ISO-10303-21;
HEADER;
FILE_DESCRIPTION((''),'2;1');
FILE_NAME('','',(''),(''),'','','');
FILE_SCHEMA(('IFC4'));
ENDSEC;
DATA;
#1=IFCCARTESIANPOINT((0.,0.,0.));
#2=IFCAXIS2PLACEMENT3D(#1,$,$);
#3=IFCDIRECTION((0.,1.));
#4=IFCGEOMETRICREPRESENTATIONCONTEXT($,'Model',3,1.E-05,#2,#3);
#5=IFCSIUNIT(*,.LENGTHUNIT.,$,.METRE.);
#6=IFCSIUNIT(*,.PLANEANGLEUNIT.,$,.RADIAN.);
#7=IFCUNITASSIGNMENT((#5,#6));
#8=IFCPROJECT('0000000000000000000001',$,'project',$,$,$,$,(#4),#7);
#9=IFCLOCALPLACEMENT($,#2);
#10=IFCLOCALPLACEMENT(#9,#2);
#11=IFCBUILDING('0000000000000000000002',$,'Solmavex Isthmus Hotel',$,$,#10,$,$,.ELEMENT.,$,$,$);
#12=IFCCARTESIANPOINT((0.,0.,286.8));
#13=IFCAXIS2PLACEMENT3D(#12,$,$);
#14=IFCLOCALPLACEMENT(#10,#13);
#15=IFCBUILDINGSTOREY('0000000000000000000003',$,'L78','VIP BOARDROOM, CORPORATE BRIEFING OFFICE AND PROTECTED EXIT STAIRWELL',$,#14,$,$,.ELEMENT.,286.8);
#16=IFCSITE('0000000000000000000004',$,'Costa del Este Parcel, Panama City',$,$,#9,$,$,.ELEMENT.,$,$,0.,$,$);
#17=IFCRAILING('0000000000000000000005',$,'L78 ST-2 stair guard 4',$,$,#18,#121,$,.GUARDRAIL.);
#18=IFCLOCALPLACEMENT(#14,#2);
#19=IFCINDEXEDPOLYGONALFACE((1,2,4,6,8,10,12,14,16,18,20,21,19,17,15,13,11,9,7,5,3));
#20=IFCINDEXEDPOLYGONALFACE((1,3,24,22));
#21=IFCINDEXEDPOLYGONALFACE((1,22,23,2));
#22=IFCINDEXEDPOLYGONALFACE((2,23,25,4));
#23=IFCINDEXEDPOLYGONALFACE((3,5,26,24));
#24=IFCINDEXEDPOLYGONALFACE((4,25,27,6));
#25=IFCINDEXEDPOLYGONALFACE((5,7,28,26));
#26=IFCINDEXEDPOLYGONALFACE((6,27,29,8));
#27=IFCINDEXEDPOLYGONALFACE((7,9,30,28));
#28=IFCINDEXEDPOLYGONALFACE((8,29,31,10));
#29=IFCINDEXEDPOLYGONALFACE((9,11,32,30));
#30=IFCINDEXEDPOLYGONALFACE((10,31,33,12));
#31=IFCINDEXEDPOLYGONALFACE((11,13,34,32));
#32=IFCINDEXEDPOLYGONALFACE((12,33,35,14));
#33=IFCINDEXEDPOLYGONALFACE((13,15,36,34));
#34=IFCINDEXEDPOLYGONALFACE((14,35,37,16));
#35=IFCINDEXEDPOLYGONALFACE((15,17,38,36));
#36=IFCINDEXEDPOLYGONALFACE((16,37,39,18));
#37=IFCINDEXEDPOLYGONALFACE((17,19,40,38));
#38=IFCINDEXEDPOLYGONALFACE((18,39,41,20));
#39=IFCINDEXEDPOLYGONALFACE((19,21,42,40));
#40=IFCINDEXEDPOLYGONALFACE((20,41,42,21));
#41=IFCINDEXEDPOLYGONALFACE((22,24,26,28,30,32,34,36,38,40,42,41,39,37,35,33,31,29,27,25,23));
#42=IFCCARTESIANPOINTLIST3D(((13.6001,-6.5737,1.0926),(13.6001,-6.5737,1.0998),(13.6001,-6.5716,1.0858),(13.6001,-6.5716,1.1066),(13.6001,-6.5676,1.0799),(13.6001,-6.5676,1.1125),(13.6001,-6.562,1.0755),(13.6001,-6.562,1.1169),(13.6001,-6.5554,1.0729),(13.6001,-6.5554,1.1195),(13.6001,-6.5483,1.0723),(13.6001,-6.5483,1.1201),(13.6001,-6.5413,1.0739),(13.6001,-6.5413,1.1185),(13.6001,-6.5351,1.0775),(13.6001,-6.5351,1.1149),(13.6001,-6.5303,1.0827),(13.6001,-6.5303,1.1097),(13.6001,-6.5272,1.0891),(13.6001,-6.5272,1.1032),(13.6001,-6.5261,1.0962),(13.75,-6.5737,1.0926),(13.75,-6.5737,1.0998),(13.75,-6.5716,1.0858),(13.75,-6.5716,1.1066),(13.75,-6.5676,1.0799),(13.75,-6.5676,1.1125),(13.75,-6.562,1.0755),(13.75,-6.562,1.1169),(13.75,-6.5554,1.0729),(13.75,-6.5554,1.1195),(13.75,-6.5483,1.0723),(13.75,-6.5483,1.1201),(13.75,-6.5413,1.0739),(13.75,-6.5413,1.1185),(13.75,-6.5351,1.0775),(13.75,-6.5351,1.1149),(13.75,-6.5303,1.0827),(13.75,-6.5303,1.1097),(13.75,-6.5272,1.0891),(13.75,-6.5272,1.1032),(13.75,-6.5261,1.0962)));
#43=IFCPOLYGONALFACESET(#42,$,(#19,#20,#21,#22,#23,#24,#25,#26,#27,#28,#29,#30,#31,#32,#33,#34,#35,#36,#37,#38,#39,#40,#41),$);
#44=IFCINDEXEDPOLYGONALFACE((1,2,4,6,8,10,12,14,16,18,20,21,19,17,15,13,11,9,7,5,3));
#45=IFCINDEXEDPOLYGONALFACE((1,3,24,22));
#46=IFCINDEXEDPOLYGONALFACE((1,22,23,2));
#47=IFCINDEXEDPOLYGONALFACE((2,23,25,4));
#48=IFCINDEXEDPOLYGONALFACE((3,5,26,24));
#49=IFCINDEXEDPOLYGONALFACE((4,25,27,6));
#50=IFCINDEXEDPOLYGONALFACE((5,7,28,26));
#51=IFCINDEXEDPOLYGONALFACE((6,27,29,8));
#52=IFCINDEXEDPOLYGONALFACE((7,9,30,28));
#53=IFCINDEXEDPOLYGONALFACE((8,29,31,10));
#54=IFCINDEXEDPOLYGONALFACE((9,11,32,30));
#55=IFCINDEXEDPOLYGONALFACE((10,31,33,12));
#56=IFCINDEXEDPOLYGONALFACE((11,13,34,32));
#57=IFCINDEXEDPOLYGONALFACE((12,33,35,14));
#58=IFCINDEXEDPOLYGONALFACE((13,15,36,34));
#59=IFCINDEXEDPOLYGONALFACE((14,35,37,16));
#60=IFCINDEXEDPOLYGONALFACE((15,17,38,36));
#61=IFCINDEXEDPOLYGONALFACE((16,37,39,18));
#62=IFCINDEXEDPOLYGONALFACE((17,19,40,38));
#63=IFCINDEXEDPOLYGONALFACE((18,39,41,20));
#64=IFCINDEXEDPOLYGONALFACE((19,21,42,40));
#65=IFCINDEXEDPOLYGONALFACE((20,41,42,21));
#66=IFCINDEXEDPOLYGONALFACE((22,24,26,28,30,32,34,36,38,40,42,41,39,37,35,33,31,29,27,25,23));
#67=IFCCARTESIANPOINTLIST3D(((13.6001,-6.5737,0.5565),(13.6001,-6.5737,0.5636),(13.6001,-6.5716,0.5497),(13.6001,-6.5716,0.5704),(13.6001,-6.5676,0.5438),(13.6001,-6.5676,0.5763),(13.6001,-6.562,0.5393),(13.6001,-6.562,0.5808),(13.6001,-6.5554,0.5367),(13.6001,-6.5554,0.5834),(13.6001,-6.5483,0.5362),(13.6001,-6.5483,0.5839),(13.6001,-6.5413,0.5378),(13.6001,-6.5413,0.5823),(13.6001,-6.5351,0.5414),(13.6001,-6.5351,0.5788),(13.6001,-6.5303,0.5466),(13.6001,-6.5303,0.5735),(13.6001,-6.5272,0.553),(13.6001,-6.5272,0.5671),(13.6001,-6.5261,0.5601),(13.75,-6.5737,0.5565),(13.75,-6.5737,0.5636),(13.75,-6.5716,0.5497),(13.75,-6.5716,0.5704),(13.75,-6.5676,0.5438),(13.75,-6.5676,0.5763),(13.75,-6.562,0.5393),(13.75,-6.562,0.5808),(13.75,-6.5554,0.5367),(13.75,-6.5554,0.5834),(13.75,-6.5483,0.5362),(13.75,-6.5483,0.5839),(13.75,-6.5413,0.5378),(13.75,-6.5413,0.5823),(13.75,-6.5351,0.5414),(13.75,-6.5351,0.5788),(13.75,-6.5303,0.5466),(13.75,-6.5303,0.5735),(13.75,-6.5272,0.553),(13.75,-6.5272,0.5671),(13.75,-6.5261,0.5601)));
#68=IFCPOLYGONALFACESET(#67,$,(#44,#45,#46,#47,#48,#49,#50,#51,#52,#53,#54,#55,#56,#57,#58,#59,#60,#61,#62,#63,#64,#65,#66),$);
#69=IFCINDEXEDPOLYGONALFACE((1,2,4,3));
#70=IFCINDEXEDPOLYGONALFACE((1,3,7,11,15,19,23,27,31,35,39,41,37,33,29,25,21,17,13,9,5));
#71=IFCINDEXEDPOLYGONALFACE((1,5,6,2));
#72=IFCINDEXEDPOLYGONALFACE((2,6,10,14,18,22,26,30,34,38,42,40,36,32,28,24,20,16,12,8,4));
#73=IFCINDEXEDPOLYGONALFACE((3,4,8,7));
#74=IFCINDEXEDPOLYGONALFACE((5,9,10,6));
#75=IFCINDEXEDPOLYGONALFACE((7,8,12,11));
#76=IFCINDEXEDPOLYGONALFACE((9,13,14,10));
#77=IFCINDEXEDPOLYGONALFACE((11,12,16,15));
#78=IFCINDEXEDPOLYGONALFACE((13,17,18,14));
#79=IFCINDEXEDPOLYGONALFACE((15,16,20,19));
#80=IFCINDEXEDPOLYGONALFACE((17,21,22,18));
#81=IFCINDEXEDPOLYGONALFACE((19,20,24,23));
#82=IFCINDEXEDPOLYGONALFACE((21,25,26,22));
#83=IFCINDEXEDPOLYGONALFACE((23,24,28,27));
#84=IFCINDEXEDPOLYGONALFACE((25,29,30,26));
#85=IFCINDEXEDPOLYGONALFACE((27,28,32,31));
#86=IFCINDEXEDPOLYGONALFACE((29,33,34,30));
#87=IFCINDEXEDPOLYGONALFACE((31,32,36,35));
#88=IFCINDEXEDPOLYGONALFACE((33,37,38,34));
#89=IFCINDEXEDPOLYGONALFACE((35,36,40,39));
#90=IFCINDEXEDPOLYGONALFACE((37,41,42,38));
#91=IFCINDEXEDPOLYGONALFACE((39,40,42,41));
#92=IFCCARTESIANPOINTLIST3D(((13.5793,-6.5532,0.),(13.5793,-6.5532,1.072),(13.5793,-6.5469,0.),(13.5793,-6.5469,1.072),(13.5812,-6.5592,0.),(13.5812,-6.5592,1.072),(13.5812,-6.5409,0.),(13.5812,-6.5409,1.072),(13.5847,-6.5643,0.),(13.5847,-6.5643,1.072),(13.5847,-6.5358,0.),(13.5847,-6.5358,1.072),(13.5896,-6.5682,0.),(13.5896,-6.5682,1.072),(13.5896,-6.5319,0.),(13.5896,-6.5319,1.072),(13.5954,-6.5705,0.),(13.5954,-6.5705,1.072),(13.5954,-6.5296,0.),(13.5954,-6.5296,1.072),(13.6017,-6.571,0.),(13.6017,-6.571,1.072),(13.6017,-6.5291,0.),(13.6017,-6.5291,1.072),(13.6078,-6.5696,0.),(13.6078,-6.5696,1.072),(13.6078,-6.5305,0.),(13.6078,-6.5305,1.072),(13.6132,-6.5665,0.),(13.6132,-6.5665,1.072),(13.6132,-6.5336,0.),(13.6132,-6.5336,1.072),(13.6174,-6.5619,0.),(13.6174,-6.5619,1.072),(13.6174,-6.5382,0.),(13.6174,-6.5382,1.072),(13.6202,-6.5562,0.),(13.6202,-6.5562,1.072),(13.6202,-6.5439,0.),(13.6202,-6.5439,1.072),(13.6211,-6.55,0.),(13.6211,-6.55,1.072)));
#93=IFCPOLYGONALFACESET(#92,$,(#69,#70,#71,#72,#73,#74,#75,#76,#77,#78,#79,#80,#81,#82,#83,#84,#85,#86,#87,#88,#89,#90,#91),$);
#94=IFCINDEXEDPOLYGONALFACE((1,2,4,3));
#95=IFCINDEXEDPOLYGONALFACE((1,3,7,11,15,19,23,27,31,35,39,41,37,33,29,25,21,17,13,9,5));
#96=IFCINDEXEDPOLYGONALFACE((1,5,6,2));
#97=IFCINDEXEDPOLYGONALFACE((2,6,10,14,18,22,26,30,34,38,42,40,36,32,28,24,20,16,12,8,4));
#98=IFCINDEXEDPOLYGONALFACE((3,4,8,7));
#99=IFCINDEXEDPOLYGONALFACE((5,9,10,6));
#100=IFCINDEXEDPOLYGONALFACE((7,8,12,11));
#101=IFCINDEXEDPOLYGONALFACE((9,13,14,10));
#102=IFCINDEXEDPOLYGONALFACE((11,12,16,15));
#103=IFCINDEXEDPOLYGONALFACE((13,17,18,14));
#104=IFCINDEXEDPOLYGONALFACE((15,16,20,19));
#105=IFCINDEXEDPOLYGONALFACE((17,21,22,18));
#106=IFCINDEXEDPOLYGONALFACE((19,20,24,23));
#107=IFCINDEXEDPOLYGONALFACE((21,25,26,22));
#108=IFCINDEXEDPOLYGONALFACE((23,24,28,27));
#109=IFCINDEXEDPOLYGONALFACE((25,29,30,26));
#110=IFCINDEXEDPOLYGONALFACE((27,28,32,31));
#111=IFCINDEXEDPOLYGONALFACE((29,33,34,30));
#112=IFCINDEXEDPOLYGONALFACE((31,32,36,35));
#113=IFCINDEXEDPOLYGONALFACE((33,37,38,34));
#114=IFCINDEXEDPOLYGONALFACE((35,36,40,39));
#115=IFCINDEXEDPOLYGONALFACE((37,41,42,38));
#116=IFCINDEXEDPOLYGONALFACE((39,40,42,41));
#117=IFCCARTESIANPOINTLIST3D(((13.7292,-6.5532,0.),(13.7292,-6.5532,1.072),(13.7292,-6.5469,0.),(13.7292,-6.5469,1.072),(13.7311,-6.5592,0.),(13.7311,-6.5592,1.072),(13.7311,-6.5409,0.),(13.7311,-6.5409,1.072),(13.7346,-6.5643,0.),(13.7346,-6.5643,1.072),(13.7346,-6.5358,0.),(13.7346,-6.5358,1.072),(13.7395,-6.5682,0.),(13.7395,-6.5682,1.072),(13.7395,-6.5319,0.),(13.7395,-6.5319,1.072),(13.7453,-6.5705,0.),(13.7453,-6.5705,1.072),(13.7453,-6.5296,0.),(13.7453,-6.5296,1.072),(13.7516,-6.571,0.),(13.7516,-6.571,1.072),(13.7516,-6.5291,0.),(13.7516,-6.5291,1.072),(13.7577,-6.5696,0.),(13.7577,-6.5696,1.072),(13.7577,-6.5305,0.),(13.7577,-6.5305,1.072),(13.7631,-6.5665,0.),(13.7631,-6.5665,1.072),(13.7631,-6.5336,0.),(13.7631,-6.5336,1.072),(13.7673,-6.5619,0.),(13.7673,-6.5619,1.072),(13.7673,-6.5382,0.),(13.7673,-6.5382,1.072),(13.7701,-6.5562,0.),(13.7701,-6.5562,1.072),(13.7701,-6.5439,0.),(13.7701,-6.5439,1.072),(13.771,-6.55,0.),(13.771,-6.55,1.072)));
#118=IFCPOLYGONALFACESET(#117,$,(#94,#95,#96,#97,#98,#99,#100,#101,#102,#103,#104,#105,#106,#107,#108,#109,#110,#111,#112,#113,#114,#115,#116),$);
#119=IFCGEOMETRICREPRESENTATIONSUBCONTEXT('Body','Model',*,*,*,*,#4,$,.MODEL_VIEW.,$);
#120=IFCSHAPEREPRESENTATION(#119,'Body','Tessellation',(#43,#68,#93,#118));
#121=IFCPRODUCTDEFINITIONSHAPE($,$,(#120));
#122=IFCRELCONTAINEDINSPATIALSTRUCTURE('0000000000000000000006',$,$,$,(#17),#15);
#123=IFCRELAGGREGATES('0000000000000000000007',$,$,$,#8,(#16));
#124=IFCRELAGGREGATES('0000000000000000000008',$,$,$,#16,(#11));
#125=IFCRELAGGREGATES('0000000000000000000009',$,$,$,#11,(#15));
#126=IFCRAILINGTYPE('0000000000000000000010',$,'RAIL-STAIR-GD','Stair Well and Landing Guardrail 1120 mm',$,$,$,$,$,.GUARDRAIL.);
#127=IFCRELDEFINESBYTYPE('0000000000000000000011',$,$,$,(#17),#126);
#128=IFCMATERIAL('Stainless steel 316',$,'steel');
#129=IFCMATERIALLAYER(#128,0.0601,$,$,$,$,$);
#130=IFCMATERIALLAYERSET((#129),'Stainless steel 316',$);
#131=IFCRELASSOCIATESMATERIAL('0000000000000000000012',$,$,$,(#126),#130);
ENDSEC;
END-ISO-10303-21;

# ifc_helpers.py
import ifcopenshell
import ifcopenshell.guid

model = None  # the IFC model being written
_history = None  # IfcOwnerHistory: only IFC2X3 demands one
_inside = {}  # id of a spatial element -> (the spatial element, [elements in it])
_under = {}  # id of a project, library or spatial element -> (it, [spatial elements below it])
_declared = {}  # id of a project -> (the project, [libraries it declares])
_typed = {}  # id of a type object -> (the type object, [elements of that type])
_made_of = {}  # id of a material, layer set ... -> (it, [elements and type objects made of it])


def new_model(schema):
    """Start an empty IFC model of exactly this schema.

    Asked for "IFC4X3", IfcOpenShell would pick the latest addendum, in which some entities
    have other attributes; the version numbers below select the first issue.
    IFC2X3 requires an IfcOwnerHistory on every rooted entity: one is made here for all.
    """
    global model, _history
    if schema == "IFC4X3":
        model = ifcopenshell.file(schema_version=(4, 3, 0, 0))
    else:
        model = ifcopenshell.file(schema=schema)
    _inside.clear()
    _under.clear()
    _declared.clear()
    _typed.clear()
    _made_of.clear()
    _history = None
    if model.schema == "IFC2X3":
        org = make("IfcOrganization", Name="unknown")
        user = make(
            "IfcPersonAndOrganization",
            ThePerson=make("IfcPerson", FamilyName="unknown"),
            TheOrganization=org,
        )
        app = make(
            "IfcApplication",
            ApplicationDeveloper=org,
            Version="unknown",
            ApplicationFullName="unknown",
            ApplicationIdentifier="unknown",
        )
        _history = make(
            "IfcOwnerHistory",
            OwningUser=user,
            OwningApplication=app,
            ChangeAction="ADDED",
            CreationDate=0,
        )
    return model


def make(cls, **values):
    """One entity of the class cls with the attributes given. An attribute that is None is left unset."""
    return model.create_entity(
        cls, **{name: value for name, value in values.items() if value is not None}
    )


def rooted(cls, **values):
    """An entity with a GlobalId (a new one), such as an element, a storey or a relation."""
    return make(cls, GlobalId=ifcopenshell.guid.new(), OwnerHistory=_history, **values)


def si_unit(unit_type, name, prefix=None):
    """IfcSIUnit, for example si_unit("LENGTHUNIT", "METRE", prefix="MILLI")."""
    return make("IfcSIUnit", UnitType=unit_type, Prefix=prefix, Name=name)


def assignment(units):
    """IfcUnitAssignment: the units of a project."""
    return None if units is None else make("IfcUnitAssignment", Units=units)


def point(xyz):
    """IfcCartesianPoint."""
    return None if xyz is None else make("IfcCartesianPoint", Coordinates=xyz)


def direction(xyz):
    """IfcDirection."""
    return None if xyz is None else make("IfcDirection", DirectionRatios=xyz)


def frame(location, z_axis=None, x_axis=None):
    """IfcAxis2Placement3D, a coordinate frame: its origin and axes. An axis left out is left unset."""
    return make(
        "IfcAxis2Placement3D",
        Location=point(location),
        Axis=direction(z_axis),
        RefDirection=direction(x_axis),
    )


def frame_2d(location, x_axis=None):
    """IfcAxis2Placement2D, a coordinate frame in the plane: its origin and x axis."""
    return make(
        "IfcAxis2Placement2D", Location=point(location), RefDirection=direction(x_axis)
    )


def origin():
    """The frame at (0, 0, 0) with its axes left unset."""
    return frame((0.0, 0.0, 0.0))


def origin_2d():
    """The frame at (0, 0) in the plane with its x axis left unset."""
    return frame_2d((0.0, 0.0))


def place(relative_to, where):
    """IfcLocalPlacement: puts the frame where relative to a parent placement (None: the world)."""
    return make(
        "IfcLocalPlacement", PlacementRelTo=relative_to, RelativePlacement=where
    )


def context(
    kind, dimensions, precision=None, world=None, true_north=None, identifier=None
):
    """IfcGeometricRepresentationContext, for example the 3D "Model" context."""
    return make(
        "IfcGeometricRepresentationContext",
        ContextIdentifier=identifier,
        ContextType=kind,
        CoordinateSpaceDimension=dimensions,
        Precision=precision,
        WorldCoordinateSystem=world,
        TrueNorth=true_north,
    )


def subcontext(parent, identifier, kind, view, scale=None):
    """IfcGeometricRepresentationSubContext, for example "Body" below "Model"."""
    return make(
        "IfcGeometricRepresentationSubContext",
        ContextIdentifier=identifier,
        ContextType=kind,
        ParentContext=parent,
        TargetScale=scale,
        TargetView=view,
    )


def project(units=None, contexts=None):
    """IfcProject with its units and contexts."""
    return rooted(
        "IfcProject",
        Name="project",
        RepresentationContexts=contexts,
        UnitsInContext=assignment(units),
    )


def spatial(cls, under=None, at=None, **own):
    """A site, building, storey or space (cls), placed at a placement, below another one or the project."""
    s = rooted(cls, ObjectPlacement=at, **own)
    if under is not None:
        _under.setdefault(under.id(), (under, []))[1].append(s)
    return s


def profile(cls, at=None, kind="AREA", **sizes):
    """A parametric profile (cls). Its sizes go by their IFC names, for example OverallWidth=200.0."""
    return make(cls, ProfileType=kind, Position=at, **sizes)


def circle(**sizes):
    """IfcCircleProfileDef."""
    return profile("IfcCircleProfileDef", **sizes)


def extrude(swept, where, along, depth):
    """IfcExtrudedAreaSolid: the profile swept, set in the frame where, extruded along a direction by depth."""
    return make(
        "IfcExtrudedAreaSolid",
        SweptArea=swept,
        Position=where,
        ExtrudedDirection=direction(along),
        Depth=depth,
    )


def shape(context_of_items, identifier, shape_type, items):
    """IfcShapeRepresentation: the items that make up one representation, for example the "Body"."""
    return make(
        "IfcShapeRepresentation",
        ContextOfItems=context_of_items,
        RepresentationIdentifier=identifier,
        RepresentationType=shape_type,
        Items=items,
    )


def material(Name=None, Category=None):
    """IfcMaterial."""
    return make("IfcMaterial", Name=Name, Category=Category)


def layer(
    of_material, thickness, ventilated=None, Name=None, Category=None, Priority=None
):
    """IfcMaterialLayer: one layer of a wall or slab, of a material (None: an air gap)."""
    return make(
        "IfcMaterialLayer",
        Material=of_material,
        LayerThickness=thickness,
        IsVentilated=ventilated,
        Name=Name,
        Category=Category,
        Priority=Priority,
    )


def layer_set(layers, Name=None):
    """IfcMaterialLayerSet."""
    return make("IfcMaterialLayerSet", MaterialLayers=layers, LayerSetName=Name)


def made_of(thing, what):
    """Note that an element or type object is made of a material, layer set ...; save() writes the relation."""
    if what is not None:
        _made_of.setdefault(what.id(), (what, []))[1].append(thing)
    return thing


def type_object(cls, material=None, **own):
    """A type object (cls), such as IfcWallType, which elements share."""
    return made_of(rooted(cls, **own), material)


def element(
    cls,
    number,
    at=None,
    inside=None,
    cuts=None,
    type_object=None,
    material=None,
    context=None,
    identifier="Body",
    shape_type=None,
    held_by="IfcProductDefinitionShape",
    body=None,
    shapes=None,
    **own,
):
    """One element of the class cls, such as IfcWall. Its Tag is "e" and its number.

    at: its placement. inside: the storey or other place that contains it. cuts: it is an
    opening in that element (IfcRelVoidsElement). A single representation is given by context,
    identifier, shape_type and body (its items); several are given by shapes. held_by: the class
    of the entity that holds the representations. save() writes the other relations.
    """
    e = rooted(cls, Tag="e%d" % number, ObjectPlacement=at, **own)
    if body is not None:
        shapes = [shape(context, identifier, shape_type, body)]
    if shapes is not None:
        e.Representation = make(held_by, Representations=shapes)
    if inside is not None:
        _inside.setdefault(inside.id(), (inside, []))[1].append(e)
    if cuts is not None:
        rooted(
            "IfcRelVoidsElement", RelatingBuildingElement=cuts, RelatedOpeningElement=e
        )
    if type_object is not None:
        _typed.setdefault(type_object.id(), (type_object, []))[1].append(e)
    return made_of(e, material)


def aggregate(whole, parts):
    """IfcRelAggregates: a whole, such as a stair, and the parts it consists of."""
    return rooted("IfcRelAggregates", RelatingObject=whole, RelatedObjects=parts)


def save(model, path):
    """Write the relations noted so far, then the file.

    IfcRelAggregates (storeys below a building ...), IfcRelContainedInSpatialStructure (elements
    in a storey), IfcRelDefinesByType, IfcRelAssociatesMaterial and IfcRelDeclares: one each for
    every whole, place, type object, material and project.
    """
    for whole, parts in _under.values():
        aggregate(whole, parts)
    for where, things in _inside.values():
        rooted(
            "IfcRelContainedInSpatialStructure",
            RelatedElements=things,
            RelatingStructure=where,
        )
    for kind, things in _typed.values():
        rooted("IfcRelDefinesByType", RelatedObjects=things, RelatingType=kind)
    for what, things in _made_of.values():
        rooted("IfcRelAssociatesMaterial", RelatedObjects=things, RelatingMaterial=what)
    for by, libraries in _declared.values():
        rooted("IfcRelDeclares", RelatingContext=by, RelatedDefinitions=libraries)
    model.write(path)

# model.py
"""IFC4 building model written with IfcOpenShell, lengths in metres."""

from ifc_helpers import new_model, si_unit, direction, frame, origin, origin_2d, place, context, subcontext, project, spatial, circle, extrude, material, layer, layer_set, type_object, element, save


model = new_model("IFC4")

# Units and contexts
model_context = context("Model", 3, precision=1e-05, world=origin(), true_north=direction((0.0, 1.0)))
body_context = subcontext(model_context, "Body", "Model", "MODEL_VIEW")
ifc_project = project(units=[si_unit("LENGTHUNIT", "METRE"), si_unit("PLANEANGLEUNIT", "RADIAN")], contexts=[model_context])

# Site, building, storey
site_placement = place(None, origin())
site = spatial("IfcSite", under=ifc_project, at=site_placement, Name="Costa del Este Parcel, Panama City", CompositionType="ELEMENT", RefElevation=0.0)
building_placement = place(site_placement, origin())
building = spatial("IfcBuilding", under=site, at=building_placement, Name="Solmavex Isthmus Hotel", CompositionType="ELEMENT")
storey_placement = place(building_placement, frame((0.0, 0.0, 286.8)))
storey = spatial("IfcBuildingStorey", under=building, at=storey_placement, Name="L78", Description="VIP BOARDROOM, CORPORATE BRIEFING OFFICE AND PROTECTED EXIT STAIRWELL", CompositionType="ELEMENT", Elevation=286.8)

# Railing
ifc_material_1 = material(Name="Stainless steel 316", Category="steel")
ifc_layer_1 = layer(ifc_material_1, 0.0601)
ifc_layer_set_1 = layer_set([ifc_layer_1], Name="Stainless steel 316")
railing_type_1 = type_object("IfcRailingType", Name="RAIL-STAIR-GD", Description="Stair Well and Landing Guardrail 1120 mm", PredefinedType="GUARDRAIL", material=ifc_layer_set_1)
railing_1_placement = place(storey_placement, frame((13.6001, -6.55, 0.0)))
element("IfcRailing", 1, at=railing_1_placement, inside=storey, type_object=railing_type_1, Name="L78 ST-2 stair guard 4", PredefinedType="GUARDRAIL", context=body_context, shape_type="SweptSolid", body=[
    extrude(circle(Radius=0.0239, at=origin_2d()), frame((0.0, 0.0, 1.0962), z_axis=(1.0, 0.0, 0.0), x_axis=(0.0, 1.0, 0.0)), (0.0, 0.0, 1.0), 0.1499),
    extrude(circle(Radius=0.0239, at=origin_2d()), frame((0.0, 0.0, 0.5601), z_axis=(1.0, 0.0, 0.0), x_axis=(0.0, 1.0, 0.0)), (0.0, 0.0, 1.0), 0.1499),
    extrude(circle(Radius=0.021, at=origin_2d()), origin(), (0.0, 0.0, 1.0), 1.072),
    extrude(circle(Radius=0.021, at=origin_2d()), frame((0.1499, 0.0, 0.0)), (0.0, 0.0, 1.0), 1.072),
])

save(model, "model.ifc")
